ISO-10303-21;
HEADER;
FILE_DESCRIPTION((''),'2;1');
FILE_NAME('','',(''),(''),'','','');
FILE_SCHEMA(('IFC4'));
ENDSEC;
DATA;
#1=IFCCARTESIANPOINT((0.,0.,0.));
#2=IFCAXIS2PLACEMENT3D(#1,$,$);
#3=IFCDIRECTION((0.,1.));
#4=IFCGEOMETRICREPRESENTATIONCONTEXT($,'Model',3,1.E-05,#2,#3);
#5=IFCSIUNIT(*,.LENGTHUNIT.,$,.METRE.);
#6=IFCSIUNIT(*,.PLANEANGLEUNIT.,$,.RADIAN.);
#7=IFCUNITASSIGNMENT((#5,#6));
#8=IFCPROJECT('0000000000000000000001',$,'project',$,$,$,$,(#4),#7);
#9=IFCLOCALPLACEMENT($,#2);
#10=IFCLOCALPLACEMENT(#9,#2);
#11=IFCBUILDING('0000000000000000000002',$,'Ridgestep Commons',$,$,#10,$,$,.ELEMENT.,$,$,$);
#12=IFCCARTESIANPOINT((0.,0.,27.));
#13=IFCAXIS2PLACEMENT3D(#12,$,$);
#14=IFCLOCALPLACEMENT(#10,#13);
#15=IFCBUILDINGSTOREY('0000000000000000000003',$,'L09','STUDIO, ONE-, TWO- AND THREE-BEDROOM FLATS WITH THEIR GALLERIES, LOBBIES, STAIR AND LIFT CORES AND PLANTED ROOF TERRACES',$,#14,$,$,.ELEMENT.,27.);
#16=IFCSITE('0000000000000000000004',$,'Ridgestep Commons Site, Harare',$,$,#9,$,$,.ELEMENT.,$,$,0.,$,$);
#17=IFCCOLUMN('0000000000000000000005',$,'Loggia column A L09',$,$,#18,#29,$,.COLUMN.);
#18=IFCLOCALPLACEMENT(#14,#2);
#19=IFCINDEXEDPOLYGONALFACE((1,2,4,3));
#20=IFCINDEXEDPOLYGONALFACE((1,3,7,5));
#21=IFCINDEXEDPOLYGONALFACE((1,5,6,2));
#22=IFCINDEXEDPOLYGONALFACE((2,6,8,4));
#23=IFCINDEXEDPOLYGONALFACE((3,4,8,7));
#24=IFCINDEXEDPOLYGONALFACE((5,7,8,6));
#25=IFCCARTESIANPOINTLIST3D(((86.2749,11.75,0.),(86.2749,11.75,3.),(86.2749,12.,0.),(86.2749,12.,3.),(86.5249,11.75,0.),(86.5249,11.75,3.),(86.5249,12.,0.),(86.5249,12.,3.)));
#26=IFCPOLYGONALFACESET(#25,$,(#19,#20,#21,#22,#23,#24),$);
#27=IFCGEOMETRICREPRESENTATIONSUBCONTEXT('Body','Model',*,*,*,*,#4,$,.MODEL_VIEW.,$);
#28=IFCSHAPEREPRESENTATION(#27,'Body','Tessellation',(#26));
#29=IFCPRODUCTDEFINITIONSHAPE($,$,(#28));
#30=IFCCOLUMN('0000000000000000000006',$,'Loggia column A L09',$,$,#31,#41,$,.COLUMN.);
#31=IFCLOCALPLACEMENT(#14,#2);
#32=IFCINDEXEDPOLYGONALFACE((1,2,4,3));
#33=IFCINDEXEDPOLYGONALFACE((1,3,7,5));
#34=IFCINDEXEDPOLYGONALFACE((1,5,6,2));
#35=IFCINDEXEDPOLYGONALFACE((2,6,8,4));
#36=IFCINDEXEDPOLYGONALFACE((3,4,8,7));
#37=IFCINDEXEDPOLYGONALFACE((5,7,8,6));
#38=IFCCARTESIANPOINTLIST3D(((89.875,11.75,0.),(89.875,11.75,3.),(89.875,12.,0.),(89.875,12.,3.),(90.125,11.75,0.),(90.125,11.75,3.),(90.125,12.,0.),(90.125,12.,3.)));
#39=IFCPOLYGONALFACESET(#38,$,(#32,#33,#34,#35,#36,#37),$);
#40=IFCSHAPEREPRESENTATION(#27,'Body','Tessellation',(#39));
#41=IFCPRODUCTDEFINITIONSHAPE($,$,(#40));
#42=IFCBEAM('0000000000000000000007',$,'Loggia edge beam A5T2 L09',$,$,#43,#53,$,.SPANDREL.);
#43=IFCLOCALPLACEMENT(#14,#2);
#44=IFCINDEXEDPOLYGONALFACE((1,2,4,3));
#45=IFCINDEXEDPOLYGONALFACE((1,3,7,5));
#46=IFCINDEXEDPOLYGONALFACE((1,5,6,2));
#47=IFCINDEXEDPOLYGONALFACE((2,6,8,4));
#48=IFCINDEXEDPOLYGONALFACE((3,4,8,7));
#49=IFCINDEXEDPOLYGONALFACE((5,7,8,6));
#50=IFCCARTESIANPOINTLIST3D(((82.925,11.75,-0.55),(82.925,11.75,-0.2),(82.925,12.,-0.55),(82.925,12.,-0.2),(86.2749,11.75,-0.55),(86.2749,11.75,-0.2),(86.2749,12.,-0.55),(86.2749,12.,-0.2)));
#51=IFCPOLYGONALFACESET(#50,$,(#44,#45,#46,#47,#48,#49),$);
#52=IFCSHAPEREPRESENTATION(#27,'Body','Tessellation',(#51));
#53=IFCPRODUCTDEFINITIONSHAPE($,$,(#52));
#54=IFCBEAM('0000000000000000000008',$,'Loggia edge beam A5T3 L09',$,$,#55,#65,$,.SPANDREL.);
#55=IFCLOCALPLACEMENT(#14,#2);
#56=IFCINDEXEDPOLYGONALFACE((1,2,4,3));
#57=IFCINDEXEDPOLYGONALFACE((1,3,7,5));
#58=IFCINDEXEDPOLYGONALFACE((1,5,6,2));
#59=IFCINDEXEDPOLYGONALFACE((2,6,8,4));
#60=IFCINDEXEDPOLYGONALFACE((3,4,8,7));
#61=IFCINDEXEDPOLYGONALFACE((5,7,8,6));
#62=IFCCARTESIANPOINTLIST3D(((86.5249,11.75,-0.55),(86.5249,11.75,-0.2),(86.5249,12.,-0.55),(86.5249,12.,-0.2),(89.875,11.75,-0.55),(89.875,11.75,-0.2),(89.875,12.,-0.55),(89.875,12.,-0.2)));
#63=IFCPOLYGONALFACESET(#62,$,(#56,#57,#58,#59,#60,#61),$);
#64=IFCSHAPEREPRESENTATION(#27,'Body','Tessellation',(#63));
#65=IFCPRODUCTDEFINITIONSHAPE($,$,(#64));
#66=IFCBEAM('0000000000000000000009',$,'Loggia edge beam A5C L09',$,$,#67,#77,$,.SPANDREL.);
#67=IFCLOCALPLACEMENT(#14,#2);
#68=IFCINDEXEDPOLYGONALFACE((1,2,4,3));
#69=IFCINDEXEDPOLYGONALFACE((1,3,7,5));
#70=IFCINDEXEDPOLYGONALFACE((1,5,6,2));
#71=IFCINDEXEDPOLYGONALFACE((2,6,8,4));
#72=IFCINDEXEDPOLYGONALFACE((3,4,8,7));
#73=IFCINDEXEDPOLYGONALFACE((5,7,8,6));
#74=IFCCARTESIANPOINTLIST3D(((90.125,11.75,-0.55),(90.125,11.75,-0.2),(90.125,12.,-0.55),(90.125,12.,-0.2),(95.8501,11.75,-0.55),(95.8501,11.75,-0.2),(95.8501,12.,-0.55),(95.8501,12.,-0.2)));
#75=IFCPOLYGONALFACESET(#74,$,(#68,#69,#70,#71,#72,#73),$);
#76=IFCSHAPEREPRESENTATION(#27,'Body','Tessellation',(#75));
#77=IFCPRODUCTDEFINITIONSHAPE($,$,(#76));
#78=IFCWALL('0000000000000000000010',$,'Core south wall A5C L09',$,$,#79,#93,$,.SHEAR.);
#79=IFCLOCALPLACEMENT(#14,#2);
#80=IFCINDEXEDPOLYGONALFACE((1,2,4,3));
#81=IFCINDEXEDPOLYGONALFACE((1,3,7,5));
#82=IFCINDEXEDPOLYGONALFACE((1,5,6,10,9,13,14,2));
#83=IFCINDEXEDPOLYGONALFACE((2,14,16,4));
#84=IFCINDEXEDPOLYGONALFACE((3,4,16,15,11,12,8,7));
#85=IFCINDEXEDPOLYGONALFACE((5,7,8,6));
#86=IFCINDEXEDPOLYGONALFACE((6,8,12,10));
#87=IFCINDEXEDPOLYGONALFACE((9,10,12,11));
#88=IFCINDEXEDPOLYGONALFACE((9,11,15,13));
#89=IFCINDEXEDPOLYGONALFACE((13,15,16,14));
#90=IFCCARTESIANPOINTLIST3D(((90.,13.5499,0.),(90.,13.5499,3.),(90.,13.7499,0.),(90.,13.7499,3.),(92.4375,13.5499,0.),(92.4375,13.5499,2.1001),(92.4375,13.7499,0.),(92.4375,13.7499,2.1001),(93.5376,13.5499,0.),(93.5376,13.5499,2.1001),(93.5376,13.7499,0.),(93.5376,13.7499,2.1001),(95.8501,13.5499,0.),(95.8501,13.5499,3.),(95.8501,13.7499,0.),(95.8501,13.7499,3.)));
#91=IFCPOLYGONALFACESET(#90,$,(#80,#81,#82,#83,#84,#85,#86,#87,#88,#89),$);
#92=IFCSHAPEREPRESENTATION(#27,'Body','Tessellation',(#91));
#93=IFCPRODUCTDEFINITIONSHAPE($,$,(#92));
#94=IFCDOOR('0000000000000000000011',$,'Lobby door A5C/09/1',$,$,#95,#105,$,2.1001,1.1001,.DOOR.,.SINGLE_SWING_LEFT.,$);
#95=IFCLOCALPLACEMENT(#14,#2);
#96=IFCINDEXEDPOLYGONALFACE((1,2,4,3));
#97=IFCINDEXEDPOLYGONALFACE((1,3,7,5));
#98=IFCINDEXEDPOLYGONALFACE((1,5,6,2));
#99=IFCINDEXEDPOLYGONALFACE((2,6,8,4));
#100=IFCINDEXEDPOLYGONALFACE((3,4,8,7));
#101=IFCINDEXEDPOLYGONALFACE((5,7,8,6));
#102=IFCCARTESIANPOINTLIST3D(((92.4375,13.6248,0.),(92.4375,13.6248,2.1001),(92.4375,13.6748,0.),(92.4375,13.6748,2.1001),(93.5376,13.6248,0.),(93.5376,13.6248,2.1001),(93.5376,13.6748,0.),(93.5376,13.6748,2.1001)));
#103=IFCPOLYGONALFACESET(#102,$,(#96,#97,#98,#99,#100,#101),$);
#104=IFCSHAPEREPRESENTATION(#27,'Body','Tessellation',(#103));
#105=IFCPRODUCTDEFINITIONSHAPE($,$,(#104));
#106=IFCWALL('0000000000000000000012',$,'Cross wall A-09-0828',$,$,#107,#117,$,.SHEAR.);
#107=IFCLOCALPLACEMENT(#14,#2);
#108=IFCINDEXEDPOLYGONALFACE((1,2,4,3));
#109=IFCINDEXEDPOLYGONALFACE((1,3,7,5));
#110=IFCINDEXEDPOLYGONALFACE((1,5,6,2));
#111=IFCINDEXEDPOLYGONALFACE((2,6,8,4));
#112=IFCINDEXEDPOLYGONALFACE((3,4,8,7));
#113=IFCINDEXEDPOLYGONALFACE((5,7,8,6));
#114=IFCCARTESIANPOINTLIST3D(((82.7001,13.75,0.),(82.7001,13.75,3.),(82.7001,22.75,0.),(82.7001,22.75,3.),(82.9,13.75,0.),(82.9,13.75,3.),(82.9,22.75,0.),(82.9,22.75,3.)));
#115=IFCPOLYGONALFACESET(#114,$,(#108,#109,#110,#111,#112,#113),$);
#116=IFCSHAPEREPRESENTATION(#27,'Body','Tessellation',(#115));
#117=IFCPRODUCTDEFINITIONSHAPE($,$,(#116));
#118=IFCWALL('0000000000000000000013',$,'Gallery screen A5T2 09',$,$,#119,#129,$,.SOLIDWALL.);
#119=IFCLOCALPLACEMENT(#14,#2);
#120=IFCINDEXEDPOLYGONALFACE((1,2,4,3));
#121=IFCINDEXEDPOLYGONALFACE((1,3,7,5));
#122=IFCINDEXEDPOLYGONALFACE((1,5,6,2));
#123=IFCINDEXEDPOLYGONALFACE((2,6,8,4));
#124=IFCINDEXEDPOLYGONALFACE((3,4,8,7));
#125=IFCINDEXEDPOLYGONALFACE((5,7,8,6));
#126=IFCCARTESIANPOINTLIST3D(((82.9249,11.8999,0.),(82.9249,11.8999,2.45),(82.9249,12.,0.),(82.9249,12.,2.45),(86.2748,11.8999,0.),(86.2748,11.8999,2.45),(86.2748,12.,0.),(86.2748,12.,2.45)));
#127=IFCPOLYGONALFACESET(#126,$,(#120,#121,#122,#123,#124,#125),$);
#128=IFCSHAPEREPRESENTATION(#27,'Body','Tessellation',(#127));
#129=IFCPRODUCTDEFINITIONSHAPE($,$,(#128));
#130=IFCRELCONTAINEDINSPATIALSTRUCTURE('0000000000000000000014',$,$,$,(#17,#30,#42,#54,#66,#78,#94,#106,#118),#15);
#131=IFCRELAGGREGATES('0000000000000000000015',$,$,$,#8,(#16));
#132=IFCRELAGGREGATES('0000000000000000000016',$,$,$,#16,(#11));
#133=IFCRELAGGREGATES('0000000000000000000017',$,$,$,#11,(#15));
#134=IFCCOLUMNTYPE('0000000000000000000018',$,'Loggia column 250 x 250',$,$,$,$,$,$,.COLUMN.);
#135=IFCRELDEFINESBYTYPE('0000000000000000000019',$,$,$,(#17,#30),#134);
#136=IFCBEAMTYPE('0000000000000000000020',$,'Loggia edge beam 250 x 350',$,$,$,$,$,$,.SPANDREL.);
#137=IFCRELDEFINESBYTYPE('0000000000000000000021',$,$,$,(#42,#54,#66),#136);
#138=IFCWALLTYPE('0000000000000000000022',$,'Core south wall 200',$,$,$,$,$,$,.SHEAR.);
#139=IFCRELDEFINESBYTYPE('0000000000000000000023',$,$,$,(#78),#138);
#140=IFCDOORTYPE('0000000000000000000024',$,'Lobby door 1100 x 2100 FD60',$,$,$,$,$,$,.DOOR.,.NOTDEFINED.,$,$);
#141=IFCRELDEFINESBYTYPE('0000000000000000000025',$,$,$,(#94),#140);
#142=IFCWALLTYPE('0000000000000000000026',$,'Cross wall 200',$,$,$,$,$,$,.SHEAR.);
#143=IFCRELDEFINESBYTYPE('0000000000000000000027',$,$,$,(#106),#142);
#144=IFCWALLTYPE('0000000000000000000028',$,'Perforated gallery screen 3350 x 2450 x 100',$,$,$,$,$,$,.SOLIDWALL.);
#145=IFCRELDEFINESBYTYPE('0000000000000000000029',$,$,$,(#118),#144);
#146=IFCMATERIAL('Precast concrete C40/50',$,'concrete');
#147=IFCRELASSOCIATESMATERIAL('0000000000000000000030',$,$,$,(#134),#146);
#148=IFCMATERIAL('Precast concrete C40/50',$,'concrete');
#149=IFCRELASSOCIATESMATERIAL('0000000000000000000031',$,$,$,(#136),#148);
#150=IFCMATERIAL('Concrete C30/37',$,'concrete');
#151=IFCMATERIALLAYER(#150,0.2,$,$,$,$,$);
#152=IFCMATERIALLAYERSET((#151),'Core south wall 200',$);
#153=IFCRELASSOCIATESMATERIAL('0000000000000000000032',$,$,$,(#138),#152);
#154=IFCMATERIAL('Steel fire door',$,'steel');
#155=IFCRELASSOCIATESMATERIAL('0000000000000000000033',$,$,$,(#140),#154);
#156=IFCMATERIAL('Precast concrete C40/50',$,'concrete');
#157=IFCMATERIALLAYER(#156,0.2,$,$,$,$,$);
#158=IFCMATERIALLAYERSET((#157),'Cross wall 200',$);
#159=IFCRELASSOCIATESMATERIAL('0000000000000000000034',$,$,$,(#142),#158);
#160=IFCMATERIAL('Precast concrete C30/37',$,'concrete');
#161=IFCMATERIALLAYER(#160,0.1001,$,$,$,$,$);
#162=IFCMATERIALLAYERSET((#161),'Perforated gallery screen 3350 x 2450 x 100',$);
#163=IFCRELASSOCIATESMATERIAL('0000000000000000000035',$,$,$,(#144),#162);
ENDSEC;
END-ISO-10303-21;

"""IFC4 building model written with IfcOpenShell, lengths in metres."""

from ifc_helpers import new_model, si_unit, direction, frame, frame_2d, origin, origin_2d, place, context, subcontext, project, spatial, rectangle, extrude, material, layer, layer_set, material_profile, profile_set, type_object, element, fill, save


model = new_model("IFC4")

# Units and contexts
model_context = context("Model", 3, precision=1e-05, world=origin(), true_north=direction((0.0, 1.0)))
body_context = subcontext(model_context, "Body", "Model", "MODEL_VIEW")
ifc_project = project(units=[si_unit("LENGTHUNIT", "METRE"), si_unit("PLANEANGLEUNIT", "RADIAN")], contexts=[model_context])

# Site, building, storey
site_placement = place(None, origin())
site = spatial("IfcSite", under=ifc_project, at=site_placement, Name="Ridgestep Commons Site, Harare", CompositionType="ELEMENT", RefElevation=0.0)
building_placement = place(site_placement, origin())
building = spatial("IfcBuilding", under=site, at=building_placement, Name="Ridgestep Commons", CompositionType="ELEMENT")
storey_placement = place(building_placement, frame((0.0, 0.0, 27.0)))
storey = spatial("IfcBuildingStorey", under=building, at=storey_placement, Name="L09", Description="STUDIO, ONE-, TWO- AND THREE-BEDROOM FLATS WITH THEIR GALLERIES, LOBBIES, STAIR AND LIFT CORES AND PLANTED ROOF TERRACES", CompositionType="ELEMENT", Elevation=27.0)

# Columns
ifc_material_1 = material(Name="Precast concrete C40/50", Category="concrete")
ifc_material_profile_1 = material_profile(ifc_material_1, rectangle(XDim=0.25, YDim=0.25, at=origin_2d()), Name="PC 250x250")
ifc_profile_set_1 = profile_set([ifc_material_profile_1], Name="Precast concrete C40/50")
column_type = type_object("IfcColumnType", Name="Loggia column 250 x 250", PredefinedType="COLUMN", material=ifc_profile_set_1)
for number, where, z_axis, x_axis, name in (
    (1, (86.3999, 11.875, 0.0), (0.0, 0.0, 1.0), (1.0, 0.0, 0.0), "Loggia column A L09"),
    (2, (90.0, 11.875, 0.0), (0.0, 0.0, 1.0), (1.0, 0.0, 0.0), "Loggia column A L09"),
):
    element("IfcColumn", number, at=place(storey_placement, frame(where, z_axis=z_axis, x_axis=x_axis)), inside=storey, type_object=column_type, Name=name, PredefinedType="COLUMN", context=body_context, shape_type="SweptSolid", body=[
        extrude(rectangle(XDim=0.25, YDim=0.25, at=origin_2d()), origin(), (0.0, 0.0, 1.0), 3.0),
    ])

# Beams
ifc_material_2 = material(Name="Precast concrete C40/50", Category="concrete")
ifc_material_profile_2 = material_profile(ifc_material_2, rectangle(XDim=0.25, YDim=0.3501, at=origin_2d()), Name="PC 250x350")
ifc_profile_set_2 = profile_set([ifc_material_profile_2], Name="Precast concrete C40/50")
beam_type = type_object("IfcBeamType", Name="Loggia edge beam 250 x 350", PredefinedType="SPANDREL", material=ifc_profile_set_2)
beam_1_placement = place(storey_placement, frame((82.925, 11.875, -0.375), z_axis=(1.0, 0.0, 0.0), x_axis=(0.0, 1.0, 0.0)))
element("IfcBeam", 3, at=beam_1_placement, inside=storey, type_object=beam_type, Name="Loggia edge beam A5T2 L09", PredefinedType="SPANDREL", context=body_context, shape_type="SweptSolid", body=[
    extrude(rectangle(XDim=0.25, YDim=0.3501, at=origin_2d()), origin(), (0.0, 0.0, 1.0), 3.3499),
])
beam_2_placement = place(storey_placement, frame((86.5249, 11.875, -0.375), z_axis=(1.0, 0.0, 0.0), x_axis=(0.0, 1.0, 0.0)))
element("IfcBeam", 4, at=beam_2_placement, inside=storey, type_object=beam_type, Name="Loggia edge beam A5T3 L09", PredefinedType="SPANDREL", context=body_context, shape_type="SweptSolid", body=[
    extrude(rectangle(XDim=0.25, YDim=0.3501, at=origin_2d()), origin(), (0.0, 0.0, 1.0), 3.3501),
])
beam_3_placement = place(storey_placement, frame((90.125, 11.875, -0.375), z_axis=(1.0, 0.0, 0.0), x_axis=(0.0, 1.0, 0.0)))
element("IfcBeam", 5, at=beam_3_placement, inside=storey, type_object=beam_type, Name="Loggia edge beam A5C L09", PredefinedType="SPANDREL", context=body_context, shape_type="SweptSolid", body=[
    extrude(rectangle(XDim=0.25, YDim=0.3501, at=origin_2d()), origin(), (0.0, 0.0, 1.0), 5.7251),
])

# Wall, opening, door
ifc_material_3 = material(Name="Concrete C30/37", Category="concrete")
ifc_layer_1 = layer(ifc_material_3, 0.2)
ifc_layer_set_1 = layer_set([ifc_layer_1], Name="Core south wall 200")
wall_type_1 = type_object("IfcWallType", Name="Core south wall 200", PredefinedType="SHEAR", material=ifc_layer_set_1)
wall_1_placement = place(storey_placement, frame((90.0, 13.6499, 0.0), z_axis=(0.0, 0.0, 1.0), x_axis=(1.0, 0.0, 0.0)))
wall_1 = element("IfcWall", 6, at=wall_1_placement, inside=storey, type_object=wall_type_1, Name="Core south wall A5C L09", PredefinedType="SHEAR", context=body_context, shape_type="SweptSolid", body=[
    extrude(rectangle(XDim=5.8501, YDim=0.2, at=frame_2d((2.925, 0.0))), origin(), (0.0, 0.0, 1.0), 3.0),
])
opening_1_placement = place(wall_1_placement, frame((2.4375, 0.0, 0.0)))
opening_1 = element("IfcOpeningElement", 7, at=opening_1_placement, cuts=wall_1, PredefinedType="OPENING", context=body_context, shape_type="SweptSolid", body=[
    extrude(rectangle(XDim=1.1001, YDim=2.1001, at=frame_2d((0.55, 1.05))), frame((0.0, 0.1099, 0.0), z_axis=(0.0, -1.0, 0.0), x_axis=(1.0, 0.0, 0.0)), (0.0, 0.0, 1.0), 0.22),
])
ifc_material_4 = material(Name="Steel fire door", Category="steel")
door_type_1 = type_object("IfcDoorType", Name="Lobby door 1100 x 2100 FD60", OperationType="NOTDEFINED", PredefinedType="DOOR", material=ifc_material_4)
door_1_placement = place(opening_1_placement, origin())
door_1 = element("IfcDoor", 8, at=door_1_placement, inside=storey, type_object=door_type_1, Name="Lobby door A5C/09/1", OperationType="SINGLE_SWING_LEFT", OverallHeight=2.1001, OverallWidth=1.1001, PredefinedType="DOOR", context=body_context, shape_type="SweptSolid", body=[
    extrude(rectangle(XDim=1.1001, YDim=2.1001, at=frame_2d((0.55, 1.05))), frame((0.0, 0.0249, 0.0), z_axis=(0.0, -1.0, 0.0), x_axis=(1.0, 0.0, 0.0)), (0.0, 0.0, 1.0), 0.05),
])
fill(opening_1, door_1)

# Walls
ifc_material_5 = material(Name="Precast concrete C40/50", Category="concrete")
ifc_layer_2 = layer(ifc_material_5, 0.2)
ifc_layer_set_2 = layer_set([ifc_layer_2], Name="Cross wall 200")
wall_type_2 = type_object("IfcWallType", Name="Cross wall 200", PredefinedType="SHEAR", material=ifc_layer_set_2)
wall_2_placement = place(storey_placement, frame((82.8, 13.75, 0.0), z_axis=(0.0, 0.0, 1.0), x_axis=(0.0, 1.0, 0.0)))
element("IfcWall", 9, at=wall_2_placement, inside=storey, type_object=wall_type_2, Name="Cross wall A-09-0828", PredefinedType="SHEAR", context=body_context, shape_type="SweptSolid", body=[
    extrude(rectangle(XDim=9.0, YDim=0.2, at=frame_2d((4.5, 0.0))), origin(), (0.0, 0.0, 1.0), 3.0),
])
ifc_material_6 = material(Name="Precast concrete C30/37", Category="concrete")
ifc_layer_3 = layer(ifc_material_6, 0.1001)
ifc_layer_set_3 = layer_set([ifc_layer_3], Name="Perforated gallery screen 3350 x 2450 x 100")
wall_type_3 = type_object("IfcWallType", Name="Perforated gallery screen 3350 x 2450 x 100", PredefinedType="SOLIDWALL", material=ifc_layer_set_3)
wall_3_placement = place(storey_placement, frame((82.925, 11.95, 0.0), z_axis=(0.0, 0.0, 1.0), x_axis=(1.0, 0.0, 0.0)))
element("IfcWall", 10, at=wall_3_placement, inside=storey, type_object=wall_type_3, Name="Gallery screen A5T2 09", PredefinedType="SOLIDWALL", context=body_context, shape_type="SweptSolid", body=[
    extrude(rectangle(XDim=3.3499, YDim=0.1001, at=frame_2d((1.6748, 0.0))), origin(), (0.0, 0.0, 1.0), 2.45),
])

save(model, "model.ifc")
